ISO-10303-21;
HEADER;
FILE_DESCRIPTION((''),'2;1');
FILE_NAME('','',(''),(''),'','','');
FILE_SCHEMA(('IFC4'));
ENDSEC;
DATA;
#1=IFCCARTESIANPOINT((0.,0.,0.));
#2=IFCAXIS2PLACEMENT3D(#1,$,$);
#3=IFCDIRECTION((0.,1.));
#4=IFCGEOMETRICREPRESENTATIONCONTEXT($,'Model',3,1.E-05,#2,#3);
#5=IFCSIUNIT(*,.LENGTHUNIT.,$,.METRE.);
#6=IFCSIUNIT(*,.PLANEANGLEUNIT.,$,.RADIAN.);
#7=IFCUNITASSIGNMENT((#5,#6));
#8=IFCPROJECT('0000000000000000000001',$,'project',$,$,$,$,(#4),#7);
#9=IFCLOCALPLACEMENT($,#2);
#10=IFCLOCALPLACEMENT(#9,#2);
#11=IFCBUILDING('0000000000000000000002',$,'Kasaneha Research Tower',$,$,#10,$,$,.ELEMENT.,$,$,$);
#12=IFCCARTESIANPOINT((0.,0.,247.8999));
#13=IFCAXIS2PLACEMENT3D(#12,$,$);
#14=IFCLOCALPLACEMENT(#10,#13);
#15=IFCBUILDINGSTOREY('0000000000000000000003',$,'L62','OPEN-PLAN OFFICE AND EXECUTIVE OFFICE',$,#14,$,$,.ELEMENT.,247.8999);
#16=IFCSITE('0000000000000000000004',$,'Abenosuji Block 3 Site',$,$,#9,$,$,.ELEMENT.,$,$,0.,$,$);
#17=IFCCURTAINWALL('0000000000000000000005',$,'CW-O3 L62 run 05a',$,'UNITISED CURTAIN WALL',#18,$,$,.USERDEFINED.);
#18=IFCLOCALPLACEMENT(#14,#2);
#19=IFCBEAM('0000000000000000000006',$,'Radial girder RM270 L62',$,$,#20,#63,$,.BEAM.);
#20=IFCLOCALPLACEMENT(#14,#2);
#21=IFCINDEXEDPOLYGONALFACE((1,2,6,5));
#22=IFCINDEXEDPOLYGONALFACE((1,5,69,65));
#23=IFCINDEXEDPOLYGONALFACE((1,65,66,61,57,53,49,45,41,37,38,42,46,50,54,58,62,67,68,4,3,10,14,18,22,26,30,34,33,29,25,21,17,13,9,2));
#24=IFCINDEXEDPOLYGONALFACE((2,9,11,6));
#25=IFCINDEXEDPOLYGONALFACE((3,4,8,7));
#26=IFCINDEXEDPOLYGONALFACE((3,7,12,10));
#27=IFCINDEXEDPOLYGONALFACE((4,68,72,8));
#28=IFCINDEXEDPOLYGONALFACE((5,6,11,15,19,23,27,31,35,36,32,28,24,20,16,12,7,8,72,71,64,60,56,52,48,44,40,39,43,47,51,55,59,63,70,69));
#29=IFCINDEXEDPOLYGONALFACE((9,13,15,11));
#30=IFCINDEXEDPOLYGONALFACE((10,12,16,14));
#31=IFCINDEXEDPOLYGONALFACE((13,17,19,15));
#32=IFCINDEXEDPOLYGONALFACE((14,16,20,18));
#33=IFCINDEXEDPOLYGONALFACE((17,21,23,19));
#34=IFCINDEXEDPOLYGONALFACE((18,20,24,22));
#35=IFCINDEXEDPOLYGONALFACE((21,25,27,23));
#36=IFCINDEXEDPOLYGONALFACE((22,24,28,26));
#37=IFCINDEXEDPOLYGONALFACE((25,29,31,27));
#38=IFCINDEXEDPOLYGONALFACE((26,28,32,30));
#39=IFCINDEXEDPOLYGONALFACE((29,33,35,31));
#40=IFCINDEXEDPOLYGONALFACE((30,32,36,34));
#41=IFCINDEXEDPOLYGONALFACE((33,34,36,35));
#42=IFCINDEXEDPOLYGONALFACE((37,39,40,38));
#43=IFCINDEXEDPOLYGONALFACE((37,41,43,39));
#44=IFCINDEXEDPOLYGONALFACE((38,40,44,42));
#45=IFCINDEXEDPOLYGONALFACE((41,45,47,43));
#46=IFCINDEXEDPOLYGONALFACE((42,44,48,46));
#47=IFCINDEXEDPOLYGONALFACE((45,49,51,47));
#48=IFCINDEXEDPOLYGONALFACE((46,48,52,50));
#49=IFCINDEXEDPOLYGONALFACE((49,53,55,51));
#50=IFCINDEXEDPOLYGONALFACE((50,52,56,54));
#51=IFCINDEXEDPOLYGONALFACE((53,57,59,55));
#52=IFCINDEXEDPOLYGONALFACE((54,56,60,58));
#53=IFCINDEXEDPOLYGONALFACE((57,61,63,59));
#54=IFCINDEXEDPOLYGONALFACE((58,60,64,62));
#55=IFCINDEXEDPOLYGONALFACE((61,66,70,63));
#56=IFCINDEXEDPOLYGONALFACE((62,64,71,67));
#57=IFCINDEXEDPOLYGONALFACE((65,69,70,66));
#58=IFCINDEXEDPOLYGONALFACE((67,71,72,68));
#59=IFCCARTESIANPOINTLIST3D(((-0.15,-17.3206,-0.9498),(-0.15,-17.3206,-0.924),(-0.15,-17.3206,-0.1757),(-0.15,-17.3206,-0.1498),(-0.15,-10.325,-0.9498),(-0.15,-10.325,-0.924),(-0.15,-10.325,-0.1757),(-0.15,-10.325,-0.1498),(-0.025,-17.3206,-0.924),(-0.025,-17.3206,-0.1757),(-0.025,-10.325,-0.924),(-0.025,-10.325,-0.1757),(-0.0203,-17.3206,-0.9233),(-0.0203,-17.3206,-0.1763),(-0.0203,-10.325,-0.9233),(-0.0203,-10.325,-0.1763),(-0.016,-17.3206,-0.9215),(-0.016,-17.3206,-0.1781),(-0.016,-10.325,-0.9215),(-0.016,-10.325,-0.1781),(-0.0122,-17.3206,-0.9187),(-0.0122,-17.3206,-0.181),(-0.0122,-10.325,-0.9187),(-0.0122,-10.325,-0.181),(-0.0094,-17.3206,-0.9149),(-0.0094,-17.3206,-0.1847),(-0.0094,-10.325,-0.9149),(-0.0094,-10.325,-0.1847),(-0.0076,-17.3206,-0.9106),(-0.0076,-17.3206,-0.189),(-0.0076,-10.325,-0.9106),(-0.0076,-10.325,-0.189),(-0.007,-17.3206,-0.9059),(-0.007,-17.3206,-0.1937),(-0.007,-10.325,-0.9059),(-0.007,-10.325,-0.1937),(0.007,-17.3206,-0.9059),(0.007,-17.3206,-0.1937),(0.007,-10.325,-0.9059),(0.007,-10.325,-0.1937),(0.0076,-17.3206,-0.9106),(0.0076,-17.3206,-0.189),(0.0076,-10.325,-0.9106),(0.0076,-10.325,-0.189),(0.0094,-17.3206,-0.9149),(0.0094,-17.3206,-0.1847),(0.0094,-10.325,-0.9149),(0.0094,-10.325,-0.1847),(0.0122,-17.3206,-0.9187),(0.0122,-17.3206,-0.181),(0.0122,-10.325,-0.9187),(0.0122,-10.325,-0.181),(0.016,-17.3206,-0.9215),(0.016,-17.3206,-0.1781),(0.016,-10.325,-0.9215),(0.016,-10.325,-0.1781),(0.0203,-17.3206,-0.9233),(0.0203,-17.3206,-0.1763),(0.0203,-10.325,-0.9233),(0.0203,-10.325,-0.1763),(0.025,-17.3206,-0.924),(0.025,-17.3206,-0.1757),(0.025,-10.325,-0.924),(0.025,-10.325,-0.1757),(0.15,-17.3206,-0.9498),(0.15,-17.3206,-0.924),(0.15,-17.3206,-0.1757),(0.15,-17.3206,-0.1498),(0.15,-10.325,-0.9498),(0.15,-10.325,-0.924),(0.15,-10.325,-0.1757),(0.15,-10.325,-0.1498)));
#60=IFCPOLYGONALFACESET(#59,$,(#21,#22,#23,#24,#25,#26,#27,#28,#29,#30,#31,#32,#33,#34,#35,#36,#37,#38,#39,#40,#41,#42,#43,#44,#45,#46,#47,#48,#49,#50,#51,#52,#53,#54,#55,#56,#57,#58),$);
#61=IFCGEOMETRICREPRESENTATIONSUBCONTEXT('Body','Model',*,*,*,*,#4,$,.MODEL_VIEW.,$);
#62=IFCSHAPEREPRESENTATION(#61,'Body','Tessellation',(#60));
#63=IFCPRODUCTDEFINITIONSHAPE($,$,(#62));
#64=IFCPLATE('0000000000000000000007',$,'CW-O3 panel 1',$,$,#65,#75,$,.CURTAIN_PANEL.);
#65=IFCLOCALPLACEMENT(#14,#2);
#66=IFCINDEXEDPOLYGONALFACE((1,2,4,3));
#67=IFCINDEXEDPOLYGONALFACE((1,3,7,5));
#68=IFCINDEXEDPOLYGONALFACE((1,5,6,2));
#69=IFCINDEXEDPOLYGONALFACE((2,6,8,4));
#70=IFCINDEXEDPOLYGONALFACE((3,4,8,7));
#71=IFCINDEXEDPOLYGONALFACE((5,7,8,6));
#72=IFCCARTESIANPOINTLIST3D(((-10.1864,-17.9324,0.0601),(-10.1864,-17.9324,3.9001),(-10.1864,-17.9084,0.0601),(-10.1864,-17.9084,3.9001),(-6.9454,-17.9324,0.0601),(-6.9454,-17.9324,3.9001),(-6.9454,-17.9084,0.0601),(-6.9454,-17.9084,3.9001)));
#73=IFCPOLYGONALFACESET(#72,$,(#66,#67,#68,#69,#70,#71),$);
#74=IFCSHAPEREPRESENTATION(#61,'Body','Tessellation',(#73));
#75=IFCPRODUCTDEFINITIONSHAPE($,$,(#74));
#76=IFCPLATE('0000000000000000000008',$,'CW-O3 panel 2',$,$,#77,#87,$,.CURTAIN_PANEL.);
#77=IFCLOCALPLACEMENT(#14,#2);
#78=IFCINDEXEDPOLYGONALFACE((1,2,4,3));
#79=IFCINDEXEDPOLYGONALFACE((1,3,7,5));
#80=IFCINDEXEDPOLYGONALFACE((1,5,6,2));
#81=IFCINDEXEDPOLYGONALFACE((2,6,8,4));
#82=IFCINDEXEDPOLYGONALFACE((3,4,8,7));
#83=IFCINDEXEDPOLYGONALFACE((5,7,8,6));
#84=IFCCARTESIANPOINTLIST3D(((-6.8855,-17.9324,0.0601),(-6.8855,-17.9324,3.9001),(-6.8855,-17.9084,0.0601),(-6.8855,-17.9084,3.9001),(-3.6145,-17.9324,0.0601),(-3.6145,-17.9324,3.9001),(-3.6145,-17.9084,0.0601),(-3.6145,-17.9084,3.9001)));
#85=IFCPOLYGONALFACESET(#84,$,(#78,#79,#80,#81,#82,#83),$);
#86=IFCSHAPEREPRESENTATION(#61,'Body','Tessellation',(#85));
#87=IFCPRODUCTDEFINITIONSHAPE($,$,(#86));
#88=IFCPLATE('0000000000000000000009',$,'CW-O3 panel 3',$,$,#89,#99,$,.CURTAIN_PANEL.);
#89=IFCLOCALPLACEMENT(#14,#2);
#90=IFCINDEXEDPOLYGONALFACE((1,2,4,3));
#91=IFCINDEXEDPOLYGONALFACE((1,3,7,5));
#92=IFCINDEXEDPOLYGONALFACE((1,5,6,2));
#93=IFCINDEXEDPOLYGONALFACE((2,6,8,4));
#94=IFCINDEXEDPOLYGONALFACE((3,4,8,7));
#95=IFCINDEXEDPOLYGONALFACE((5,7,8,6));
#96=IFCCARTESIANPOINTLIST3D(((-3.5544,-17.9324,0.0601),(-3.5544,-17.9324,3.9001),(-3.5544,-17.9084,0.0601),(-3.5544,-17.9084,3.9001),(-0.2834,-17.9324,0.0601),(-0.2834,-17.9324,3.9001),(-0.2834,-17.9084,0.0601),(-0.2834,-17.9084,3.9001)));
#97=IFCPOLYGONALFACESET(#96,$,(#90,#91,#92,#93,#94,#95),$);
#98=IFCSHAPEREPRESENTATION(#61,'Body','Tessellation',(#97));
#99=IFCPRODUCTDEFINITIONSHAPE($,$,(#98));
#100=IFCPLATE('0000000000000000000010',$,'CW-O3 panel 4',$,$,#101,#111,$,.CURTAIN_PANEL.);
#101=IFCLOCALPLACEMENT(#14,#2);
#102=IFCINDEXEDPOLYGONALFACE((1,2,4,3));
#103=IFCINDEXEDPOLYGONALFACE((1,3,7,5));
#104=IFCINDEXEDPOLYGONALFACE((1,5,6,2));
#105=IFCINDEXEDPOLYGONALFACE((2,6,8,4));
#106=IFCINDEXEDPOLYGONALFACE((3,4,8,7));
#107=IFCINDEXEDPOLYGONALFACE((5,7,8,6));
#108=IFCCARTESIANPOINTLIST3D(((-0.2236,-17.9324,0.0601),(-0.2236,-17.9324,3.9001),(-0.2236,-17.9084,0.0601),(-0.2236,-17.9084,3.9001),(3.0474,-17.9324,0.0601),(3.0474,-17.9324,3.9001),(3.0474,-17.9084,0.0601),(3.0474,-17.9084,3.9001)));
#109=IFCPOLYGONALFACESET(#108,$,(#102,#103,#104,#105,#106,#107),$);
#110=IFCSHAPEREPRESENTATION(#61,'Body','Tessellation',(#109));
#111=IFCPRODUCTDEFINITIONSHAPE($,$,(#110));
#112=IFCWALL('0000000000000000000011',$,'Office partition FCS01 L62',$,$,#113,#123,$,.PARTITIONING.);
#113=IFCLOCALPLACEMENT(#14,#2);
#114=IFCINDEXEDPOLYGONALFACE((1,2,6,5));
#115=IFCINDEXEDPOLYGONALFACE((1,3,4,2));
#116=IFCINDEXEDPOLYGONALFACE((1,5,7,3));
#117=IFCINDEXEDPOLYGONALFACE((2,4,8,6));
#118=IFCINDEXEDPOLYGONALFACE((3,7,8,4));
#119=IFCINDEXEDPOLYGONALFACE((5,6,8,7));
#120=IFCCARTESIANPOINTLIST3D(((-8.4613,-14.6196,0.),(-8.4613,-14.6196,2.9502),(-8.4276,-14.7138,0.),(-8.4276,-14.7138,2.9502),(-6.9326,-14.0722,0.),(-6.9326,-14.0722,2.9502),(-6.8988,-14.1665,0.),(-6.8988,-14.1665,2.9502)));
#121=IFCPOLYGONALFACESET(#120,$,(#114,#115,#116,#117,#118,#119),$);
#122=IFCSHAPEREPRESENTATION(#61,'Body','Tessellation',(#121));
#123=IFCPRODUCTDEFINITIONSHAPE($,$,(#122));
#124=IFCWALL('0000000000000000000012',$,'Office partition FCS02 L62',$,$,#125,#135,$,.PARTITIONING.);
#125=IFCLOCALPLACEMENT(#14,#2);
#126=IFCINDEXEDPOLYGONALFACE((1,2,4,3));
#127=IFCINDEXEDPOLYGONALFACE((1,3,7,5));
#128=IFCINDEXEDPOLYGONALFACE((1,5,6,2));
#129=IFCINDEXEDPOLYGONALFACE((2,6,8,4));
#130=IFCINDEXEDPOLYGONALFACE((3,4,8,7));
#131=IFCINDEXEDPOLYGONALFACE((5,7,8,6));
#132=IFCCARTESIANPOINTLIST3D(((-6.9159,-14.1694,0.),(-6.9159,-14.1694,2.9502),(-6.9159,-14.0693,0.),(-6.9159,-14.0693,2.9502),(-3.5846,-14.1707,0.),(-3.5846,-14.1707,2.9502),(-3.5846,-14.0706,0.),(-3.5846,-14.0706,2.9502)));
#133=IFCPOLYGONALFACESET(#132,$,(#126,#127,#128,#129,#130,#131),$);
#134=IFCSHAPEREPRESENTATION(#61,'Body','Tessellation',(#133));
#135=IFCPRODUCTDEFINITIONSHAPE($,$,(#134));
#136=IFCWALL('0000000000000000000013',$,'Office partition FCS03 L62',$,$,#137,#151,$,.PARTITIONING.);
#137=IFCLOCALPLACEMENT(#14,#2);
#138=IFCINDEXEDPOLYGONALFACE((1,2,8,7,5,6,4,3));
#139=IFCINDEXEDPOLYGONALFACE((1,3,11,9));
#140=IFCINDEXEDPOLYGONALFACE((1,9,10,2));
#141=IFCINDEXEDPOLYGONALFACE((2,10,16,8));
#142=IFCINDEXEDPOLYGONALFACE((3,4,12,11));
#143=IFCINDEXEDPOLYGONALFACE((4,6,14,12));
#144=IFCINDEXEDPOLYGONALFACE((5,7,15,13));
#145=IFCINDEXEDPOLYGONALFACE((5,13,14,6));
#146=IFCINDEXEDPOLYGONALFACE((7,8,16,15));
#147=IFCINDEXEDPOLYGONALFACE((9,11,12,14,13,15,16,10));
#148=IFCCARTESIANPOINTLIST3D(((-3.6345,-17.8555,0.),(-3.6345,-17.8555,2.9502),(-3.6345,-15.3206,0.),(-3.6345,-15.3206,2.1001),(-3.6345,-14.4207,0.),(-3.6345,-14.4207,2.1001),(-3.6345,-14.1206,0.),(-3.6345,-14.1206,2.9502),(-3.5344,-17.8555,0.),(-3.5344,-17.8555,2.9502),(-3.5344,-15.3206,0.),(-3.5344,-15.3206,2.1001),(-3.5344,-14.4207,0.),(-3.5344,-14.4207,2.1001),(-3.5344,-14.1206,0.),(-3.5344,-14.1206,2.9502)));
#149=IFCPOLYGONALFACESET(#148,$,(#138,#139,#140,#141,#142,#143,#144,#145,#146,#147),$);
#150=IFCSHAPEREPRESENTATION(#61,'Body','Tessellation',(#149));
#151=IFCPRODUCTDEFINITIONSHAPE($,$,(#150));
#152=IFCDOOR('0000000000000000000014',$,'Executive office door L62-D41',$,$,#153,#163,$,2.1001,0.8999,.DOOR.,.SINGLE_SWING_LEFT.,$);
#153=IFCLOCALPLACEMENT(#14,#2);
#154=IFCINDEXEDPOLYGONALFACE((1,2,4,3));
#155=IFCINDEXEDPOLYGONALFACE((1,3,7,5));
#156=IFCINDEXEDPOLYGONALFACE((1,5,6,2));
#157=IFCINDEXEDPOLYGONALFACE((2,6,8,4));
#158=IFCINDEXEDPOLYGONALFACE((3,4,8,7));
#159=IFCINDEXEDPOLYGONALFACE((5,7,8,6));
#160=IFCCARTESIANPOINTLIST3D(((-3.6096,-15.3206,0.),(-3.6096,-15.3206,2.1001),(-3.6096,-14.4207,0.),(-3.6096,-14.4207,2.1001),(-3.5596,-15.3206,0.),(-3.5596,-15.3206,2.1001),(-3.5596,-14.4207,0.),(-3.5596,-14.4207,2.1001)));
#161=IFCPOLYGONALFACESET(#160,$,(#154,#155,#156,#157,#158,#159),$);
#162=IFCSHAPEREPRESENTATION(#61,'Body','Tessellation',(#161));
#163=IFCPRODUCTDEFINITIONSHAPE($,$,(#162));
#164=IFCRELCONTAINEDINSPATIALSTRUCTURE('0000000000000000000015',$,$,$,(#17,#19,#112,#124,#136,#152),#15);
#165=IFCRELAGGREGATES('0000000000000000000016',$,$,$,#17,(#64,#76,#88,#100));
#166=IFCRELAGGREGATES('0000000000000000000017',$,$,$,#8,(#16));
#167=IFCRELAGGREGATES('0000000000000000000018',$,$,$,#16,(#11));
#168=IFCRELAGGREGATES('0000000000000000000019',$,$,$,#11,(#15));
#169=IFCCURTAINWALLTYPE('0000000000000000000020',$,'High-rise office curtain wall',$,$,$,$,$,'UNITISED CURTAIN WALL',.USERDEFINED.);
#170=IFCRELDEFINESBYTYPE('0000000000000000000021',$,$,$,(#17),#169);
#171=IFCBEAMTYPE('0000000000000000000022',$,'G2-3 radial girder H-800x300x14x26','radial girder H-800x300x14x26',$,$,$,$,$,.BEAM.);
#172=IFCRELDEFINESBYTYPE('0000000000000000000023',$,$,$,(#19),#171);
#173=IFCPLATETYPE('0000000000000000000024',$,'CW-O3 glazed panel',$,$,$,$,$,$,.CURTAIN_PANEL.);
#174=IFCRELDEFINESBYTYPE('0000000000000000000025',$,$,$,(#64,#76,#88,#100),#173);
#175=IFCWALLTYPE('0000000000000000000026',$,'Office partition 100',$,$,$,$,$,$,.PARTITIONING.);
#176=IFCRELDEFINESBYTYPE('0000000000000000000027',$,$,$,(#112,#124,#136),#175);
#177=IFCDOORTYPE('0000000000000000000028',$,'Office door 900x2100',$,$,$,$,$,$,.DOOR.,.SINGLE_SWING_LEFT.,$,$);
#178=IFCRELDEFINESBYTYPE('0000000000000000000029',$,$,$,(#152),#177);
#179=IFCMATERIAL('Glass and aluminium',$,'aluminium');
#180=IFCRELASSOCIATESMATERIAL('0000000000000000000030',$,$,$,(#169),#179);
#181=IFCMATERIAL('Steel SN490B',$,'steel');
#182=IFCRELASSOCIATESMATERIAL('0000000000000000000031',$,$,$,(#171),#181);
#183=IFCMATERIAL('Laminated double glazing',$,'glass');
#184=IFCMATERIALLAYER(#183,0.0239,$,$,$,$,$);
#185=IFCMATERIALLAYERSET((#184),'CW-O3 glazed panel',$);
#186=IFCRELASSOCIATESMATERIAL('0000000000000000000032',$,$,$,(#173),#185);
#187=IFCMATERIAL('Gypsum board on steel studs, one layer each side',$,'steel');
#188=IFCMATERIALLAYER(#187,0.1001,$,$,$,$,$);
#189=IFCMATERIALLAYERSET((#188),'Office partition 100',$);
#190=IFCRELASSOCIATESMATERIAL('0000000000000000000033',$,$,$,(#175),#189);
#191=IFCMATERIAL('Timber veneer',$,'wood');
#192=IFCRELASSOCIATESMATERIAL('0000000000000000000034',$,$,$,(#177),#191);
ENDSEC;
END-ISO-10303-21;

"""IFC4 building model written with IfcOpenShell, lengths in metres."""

from ifc_helpers import new_model, si_unit, direction, frame, frame_2d, origin, origin_2d, place, context, subcontext, project, spatial, rectangle, i_section, extrude, material, layer, layer_set, material_profile, profile_set, type_object, element, fill, aggregate, save


model = new_model("IFC4")

# Units and contexts
model_context = context("Model", 3, precision=1e-05, world=origin(), true_north=direction((0.0, 1.0)))
body_context = subcontext(model_context, "Body", "Model", "MODEL_VIEW")
ifc_project = project(units=[si_unit("LENGTHUNIT", "METRE"), si_unit("PLANEANGLEUNIT", "RADIAN")], contexts=[model_context])

# Site, building, storey
site_placement = place(None, origin())
site = spatial("IfcSite", under=ifc_project, at=site_placement, Name="Abenosuji Block 3 Site", CompositionType="ELEMENT", RefElevation=0.0)
building_placement = place(site_placement, origin())
building = spatial("IfcBuilding", under=site, at=building_placement, Name="Kasaneha Research Tower", CompositionType="ELEMENT")
storey_placement = place(building_placement, frame((0.0, 0.0, 247.8999)))
storey = spatial("IfcBuildingStorey", under=building, at=storey_placement, Name="L62", Description="OPEN-PLAN OFFICE AND EXECUTIVE OFFICE", CompositionType="ELEMENT", Elevation=247.8999)

# Curtain wall
ifc_material_1 = material(Name="Glass and aluminium", Category="aluminium")
curtain_wall_type = type_object("IfcCurtainWallType", Name="High-rise office curtain wall", ElementType="UNITISED CURTAIN WALL", PredefinedType="USERDEFINED", material=ifc_material_1)
curtain_wall_placement = place(storey_placement, origin())
curtain_wall = element("IfcCurtainWall", 1, at=curtain_wall_placement, inside=storey, type_object=curtain_wall_type, Name="CW-O3 L62 run 05a", ObjectType="UNITISED CURTAIN WALL", PredefinedType="USERDEFINED")

# Beam
ifc_material_2 = material(Name="Steel SN490B", Category="steel")
ifc_material_profile_1 = material_profile(ifc_material_2, i_section(OverallWidth=0.3, OverallDepth=0.8, WebThickness=0.0139, FlangeThickness=0.0259, FilletRadius=0.0181, at=origin_2d()), Name="H-800x300x14x26")
ifc_profile_set_1 = profile_set([ifc_material_profile_1], Name="Steel SN490B")
beam_type_1 = type_object("IfcBeamType", Name="G2-3 radial girder H-800x300x14x26", Description="radial girder H-800x300x14x26", PredefinedType="BEAM", material=ifc_profile_set_1)
beam_1_placement = place(storey_placement, frame((0.0, -10.325, -0.5498), z_axis=(0.0, -1.0, 0.0), x_axis=(1.0, 0.0, 0.0)))
element("IfcBeam", 2, at=beam_1_placement, inside=storey, type_object=beam_type_1, Name="Radial girder RM270 L62", PredefinedType="BEAM", context=body_context, shape_type="SweptSolid", body=[
    extrude(i_section(OverallWidth=0.3, OverallDepth=0.8, WebThickness=0.0139, FlangeThickness=0.0259, FilletRadius=0.0181, at=origin_2d()), origin(), (0.0, 0.0, 1.0), 6.9956),
])

# Plates
ifc_material_3 = material(Name="Laminated double glazing", Category="glass")
ifc_layer_1 = layer(ifc_material_3, 0.0239)
ifc_layer_set_1 = layer_set([ifc_layer_1], Name="CW-O3 glazed panel")
plate_type = type_object("IfcPlateType", Name="CW-O3 glazed panel", PredefinedType="CURTAIN_PANEL", material=ifc_layer_set_1)
plate_1_placement = place(storey_placement, frame((-8.5659, -17.9204, 0.0601), z_axis=(0.0, 0.0, 1.0), x_axis=(1.0, 0.0, 0.0)))
plate_1 = element("IfcPlate", 3, at=plate_1_placement, type_object=plate_type, Name="CW-O3 panel 1", PredefinedType="CURTAIN_PANEL", context=body_context, shape_type="SweptSolid", body=[
    extrude(rectangle(XDim=3.241, YDim=0.0239, at=origin_2d()), origin(), (0.0, 0.0, 1.0), 3.8401),
])
plate_2_placement = place(storey_placement, frame((-5.25, -17.9204, 0.0601), z_axis=(0.0, 0.0, 1.0), x_axis=(1.0, 0.0, 0.0)))
plate_2 = element("IfcPlate", 4, at=plate_2_placement, type_object=plate_type, Name="CW-O3 panel 2", PredefinedType="CURTAIN_PANEL", context=body_context, shape_type="SweptSolid", body=[
    extrude(rectangle(XDim=3.271, YDim=0.0239, at=origin_2d()), origin(), (0.0, 0.0, 1.0), 3.8401),
])
plate_3_placement = place(storey_placement, frame((-1.9189, -17.9204, 0.0601), z_axis=(0.0, 0.0, 1.0), x_axis=(1.0, 0.0, 0.0)))
plate_3 = element("IfcPlate", 5, at=plate_3_placement, type_object=plate_type, Name="CW-O3 panel 3", PredefinedType="CURTAIN_PANEL", context=body_context, shape_type="SweptSolid", body=[
    extrude(rectangle(XDim=3.271, YDim=0.0239, at=origin_2d()), origin(), (0.0, 0.0, 1.0), 3.8401),
])
plate_4_placement = place(storey_placement, frame((1.4119, -17.9204, 0.0601), z_axis=(0.0, 0.0, 1.0), x_axis=(1.0, 0.0, 0.0)))
plate_4 = element("IfcPlate", 6, at=plate_4_placement, type_object=plate_type, Name="CW-O3 panel 4", PredefinedType="CURTAIN_PANEL", context=body_context, shape_type="SweptSolid", body=[
    extrude(rectangle(XDim=3.271, YDim=0.0239, at=origin_2d()), origin(), (0.0, 0.0, 1.0), 3.8401),
])
aggregate(curtain_wall, [plate_1, plate_2, plate_3, plate_4])

# Walls
ifc_material_4 = material(Name="Gypsum board on steel studs, one layer each side", Category="steel")
ifc_layer_2 = layer(ifc_material_4, 0.1001)
ifc_layer_set_2 = layer_set([ifc_layer_2], Name="Office partition 100")
wall_type_1 = type_object("IfcWallType", Name="Office partition 100", PredefinedType="PARTITIONING", material=ifc_layer_set_2)
wall_1_placement = place(storey_placement, frame((-8.4446, -14.6667, 0.0), z_axis=(0.0, 0.0, 1.0), x_axis=(0.941476, 0.337079, 0.0)))
element("IfcWall", 7, at=wall_1_placement, inside=storey, type_object=wall_type_1, Name="Office partition FCS01 L62", PredefinedType="PARTITIONING", context=body_context, shape_type="SweptSolid", body=[
    extrude(rectangle(XDim=1.6238, YDim=0.1001, at=frame_2d((0.812, 0.0))), origin(), (0.0, 0.0, 1.0), 2.9502),
])
wall_2_placement = place(storey_placement, frame((-6.9158, -14.1194, 0.0), z_axis=(0.0, 0.0, 1.0), x_axis=(1.0, -0.000366, 0.0)))
element("IfcWall", 8, at=wall_2_placement, inside=storey, type_object=wall_type_1, Name="Office partition FCS02 L62", PredefinedType="PARTITIONING", context=body_context, shape_type="SweptSolid", body=[
    extrude(rectangle(XDim=3.3313, YDim=0.1001, at=frame_2d((1.6655, 0.0))), origin(), (0.0, 0.0, 1.0), 2.9502),
])

# Wall, opening, door
wall_3_placement = place(storey_placement, frame((-3.5845, -14.1206, 0.0), z_axis=(0.0, 0.0, 1.0), x_axis=(0.0, -1.0, 0.0)))
wall_3 = element("IfcWall", 9, at=wall_3_placement, inside=storey, type_object=wall_type_1, Name="Office partition FCS03 L62", PredefinedType="PARTITIONING", context=body_context, shape_type="SweptSolid", body=[
    extrude(rectangle(XDim=3.7349, YDim=0.1001, at=frame_2d((1.8674, 0.0))), origin(), (0.0, 0.0, 1.0), 2.9502),
])
opening_1_placement = place(wall_3_placement, frame((0.3, 0.0, 0.0)))
opening_1 = element("IfcOpeningElement", 10, at=opening_1_placement, cuts=wall_3, PredefinedType="OPENING", context=body_context, shape_type="SweptSolid", body=[
    extrude(rectangle(XDim=0.8999, YDim=2.1001, at=frame_2d((0.45, 1.05))), frame((0.0, 0.0601, 0.0), z_axis=(0.0, -1.0, 0.0), x_axis=(1.0, 0.0, 0.0)), (0.0, 0.0, 1.0), 0.1201),
])
ifc_material_5 = material(Name="Timber veneer", Category="wood")
door_type_1 = type_object("IfcDoorType", Name="Office door 900x2100", OperationType="SINGLE_SWING_LEFT", PredefinedType="DOOR", material=ifc_material_5)
door_1_placement = place(opening_1_placement, origin())
door_1 = element("IfcDoor", 11, at=door_1_placement, inside=storey, type_object=door_type_1, Name="Executive office door L62-D41", OperationType="SINGLE_SWING_LEFT", OverallHeight=2.1001, OverallWidth=0.8999, PredefinedType="DOOR", context=body_context, shape_type="SweptSolid", body=[
    extrude(rectangle(XDim=0.8999, YDim=2.1001, at=frame_2d((0.45, 1.05))), frame((0.0, 0.0249, 0.0), z_axis=(0.0, -1.0, 0.0), x_axis=(1.0, 0.0, 0.0)), (0.0, 0.0, 1.0), 0.05),
])
fill(opening_1, door_1)

save(model, "model.ifc")
